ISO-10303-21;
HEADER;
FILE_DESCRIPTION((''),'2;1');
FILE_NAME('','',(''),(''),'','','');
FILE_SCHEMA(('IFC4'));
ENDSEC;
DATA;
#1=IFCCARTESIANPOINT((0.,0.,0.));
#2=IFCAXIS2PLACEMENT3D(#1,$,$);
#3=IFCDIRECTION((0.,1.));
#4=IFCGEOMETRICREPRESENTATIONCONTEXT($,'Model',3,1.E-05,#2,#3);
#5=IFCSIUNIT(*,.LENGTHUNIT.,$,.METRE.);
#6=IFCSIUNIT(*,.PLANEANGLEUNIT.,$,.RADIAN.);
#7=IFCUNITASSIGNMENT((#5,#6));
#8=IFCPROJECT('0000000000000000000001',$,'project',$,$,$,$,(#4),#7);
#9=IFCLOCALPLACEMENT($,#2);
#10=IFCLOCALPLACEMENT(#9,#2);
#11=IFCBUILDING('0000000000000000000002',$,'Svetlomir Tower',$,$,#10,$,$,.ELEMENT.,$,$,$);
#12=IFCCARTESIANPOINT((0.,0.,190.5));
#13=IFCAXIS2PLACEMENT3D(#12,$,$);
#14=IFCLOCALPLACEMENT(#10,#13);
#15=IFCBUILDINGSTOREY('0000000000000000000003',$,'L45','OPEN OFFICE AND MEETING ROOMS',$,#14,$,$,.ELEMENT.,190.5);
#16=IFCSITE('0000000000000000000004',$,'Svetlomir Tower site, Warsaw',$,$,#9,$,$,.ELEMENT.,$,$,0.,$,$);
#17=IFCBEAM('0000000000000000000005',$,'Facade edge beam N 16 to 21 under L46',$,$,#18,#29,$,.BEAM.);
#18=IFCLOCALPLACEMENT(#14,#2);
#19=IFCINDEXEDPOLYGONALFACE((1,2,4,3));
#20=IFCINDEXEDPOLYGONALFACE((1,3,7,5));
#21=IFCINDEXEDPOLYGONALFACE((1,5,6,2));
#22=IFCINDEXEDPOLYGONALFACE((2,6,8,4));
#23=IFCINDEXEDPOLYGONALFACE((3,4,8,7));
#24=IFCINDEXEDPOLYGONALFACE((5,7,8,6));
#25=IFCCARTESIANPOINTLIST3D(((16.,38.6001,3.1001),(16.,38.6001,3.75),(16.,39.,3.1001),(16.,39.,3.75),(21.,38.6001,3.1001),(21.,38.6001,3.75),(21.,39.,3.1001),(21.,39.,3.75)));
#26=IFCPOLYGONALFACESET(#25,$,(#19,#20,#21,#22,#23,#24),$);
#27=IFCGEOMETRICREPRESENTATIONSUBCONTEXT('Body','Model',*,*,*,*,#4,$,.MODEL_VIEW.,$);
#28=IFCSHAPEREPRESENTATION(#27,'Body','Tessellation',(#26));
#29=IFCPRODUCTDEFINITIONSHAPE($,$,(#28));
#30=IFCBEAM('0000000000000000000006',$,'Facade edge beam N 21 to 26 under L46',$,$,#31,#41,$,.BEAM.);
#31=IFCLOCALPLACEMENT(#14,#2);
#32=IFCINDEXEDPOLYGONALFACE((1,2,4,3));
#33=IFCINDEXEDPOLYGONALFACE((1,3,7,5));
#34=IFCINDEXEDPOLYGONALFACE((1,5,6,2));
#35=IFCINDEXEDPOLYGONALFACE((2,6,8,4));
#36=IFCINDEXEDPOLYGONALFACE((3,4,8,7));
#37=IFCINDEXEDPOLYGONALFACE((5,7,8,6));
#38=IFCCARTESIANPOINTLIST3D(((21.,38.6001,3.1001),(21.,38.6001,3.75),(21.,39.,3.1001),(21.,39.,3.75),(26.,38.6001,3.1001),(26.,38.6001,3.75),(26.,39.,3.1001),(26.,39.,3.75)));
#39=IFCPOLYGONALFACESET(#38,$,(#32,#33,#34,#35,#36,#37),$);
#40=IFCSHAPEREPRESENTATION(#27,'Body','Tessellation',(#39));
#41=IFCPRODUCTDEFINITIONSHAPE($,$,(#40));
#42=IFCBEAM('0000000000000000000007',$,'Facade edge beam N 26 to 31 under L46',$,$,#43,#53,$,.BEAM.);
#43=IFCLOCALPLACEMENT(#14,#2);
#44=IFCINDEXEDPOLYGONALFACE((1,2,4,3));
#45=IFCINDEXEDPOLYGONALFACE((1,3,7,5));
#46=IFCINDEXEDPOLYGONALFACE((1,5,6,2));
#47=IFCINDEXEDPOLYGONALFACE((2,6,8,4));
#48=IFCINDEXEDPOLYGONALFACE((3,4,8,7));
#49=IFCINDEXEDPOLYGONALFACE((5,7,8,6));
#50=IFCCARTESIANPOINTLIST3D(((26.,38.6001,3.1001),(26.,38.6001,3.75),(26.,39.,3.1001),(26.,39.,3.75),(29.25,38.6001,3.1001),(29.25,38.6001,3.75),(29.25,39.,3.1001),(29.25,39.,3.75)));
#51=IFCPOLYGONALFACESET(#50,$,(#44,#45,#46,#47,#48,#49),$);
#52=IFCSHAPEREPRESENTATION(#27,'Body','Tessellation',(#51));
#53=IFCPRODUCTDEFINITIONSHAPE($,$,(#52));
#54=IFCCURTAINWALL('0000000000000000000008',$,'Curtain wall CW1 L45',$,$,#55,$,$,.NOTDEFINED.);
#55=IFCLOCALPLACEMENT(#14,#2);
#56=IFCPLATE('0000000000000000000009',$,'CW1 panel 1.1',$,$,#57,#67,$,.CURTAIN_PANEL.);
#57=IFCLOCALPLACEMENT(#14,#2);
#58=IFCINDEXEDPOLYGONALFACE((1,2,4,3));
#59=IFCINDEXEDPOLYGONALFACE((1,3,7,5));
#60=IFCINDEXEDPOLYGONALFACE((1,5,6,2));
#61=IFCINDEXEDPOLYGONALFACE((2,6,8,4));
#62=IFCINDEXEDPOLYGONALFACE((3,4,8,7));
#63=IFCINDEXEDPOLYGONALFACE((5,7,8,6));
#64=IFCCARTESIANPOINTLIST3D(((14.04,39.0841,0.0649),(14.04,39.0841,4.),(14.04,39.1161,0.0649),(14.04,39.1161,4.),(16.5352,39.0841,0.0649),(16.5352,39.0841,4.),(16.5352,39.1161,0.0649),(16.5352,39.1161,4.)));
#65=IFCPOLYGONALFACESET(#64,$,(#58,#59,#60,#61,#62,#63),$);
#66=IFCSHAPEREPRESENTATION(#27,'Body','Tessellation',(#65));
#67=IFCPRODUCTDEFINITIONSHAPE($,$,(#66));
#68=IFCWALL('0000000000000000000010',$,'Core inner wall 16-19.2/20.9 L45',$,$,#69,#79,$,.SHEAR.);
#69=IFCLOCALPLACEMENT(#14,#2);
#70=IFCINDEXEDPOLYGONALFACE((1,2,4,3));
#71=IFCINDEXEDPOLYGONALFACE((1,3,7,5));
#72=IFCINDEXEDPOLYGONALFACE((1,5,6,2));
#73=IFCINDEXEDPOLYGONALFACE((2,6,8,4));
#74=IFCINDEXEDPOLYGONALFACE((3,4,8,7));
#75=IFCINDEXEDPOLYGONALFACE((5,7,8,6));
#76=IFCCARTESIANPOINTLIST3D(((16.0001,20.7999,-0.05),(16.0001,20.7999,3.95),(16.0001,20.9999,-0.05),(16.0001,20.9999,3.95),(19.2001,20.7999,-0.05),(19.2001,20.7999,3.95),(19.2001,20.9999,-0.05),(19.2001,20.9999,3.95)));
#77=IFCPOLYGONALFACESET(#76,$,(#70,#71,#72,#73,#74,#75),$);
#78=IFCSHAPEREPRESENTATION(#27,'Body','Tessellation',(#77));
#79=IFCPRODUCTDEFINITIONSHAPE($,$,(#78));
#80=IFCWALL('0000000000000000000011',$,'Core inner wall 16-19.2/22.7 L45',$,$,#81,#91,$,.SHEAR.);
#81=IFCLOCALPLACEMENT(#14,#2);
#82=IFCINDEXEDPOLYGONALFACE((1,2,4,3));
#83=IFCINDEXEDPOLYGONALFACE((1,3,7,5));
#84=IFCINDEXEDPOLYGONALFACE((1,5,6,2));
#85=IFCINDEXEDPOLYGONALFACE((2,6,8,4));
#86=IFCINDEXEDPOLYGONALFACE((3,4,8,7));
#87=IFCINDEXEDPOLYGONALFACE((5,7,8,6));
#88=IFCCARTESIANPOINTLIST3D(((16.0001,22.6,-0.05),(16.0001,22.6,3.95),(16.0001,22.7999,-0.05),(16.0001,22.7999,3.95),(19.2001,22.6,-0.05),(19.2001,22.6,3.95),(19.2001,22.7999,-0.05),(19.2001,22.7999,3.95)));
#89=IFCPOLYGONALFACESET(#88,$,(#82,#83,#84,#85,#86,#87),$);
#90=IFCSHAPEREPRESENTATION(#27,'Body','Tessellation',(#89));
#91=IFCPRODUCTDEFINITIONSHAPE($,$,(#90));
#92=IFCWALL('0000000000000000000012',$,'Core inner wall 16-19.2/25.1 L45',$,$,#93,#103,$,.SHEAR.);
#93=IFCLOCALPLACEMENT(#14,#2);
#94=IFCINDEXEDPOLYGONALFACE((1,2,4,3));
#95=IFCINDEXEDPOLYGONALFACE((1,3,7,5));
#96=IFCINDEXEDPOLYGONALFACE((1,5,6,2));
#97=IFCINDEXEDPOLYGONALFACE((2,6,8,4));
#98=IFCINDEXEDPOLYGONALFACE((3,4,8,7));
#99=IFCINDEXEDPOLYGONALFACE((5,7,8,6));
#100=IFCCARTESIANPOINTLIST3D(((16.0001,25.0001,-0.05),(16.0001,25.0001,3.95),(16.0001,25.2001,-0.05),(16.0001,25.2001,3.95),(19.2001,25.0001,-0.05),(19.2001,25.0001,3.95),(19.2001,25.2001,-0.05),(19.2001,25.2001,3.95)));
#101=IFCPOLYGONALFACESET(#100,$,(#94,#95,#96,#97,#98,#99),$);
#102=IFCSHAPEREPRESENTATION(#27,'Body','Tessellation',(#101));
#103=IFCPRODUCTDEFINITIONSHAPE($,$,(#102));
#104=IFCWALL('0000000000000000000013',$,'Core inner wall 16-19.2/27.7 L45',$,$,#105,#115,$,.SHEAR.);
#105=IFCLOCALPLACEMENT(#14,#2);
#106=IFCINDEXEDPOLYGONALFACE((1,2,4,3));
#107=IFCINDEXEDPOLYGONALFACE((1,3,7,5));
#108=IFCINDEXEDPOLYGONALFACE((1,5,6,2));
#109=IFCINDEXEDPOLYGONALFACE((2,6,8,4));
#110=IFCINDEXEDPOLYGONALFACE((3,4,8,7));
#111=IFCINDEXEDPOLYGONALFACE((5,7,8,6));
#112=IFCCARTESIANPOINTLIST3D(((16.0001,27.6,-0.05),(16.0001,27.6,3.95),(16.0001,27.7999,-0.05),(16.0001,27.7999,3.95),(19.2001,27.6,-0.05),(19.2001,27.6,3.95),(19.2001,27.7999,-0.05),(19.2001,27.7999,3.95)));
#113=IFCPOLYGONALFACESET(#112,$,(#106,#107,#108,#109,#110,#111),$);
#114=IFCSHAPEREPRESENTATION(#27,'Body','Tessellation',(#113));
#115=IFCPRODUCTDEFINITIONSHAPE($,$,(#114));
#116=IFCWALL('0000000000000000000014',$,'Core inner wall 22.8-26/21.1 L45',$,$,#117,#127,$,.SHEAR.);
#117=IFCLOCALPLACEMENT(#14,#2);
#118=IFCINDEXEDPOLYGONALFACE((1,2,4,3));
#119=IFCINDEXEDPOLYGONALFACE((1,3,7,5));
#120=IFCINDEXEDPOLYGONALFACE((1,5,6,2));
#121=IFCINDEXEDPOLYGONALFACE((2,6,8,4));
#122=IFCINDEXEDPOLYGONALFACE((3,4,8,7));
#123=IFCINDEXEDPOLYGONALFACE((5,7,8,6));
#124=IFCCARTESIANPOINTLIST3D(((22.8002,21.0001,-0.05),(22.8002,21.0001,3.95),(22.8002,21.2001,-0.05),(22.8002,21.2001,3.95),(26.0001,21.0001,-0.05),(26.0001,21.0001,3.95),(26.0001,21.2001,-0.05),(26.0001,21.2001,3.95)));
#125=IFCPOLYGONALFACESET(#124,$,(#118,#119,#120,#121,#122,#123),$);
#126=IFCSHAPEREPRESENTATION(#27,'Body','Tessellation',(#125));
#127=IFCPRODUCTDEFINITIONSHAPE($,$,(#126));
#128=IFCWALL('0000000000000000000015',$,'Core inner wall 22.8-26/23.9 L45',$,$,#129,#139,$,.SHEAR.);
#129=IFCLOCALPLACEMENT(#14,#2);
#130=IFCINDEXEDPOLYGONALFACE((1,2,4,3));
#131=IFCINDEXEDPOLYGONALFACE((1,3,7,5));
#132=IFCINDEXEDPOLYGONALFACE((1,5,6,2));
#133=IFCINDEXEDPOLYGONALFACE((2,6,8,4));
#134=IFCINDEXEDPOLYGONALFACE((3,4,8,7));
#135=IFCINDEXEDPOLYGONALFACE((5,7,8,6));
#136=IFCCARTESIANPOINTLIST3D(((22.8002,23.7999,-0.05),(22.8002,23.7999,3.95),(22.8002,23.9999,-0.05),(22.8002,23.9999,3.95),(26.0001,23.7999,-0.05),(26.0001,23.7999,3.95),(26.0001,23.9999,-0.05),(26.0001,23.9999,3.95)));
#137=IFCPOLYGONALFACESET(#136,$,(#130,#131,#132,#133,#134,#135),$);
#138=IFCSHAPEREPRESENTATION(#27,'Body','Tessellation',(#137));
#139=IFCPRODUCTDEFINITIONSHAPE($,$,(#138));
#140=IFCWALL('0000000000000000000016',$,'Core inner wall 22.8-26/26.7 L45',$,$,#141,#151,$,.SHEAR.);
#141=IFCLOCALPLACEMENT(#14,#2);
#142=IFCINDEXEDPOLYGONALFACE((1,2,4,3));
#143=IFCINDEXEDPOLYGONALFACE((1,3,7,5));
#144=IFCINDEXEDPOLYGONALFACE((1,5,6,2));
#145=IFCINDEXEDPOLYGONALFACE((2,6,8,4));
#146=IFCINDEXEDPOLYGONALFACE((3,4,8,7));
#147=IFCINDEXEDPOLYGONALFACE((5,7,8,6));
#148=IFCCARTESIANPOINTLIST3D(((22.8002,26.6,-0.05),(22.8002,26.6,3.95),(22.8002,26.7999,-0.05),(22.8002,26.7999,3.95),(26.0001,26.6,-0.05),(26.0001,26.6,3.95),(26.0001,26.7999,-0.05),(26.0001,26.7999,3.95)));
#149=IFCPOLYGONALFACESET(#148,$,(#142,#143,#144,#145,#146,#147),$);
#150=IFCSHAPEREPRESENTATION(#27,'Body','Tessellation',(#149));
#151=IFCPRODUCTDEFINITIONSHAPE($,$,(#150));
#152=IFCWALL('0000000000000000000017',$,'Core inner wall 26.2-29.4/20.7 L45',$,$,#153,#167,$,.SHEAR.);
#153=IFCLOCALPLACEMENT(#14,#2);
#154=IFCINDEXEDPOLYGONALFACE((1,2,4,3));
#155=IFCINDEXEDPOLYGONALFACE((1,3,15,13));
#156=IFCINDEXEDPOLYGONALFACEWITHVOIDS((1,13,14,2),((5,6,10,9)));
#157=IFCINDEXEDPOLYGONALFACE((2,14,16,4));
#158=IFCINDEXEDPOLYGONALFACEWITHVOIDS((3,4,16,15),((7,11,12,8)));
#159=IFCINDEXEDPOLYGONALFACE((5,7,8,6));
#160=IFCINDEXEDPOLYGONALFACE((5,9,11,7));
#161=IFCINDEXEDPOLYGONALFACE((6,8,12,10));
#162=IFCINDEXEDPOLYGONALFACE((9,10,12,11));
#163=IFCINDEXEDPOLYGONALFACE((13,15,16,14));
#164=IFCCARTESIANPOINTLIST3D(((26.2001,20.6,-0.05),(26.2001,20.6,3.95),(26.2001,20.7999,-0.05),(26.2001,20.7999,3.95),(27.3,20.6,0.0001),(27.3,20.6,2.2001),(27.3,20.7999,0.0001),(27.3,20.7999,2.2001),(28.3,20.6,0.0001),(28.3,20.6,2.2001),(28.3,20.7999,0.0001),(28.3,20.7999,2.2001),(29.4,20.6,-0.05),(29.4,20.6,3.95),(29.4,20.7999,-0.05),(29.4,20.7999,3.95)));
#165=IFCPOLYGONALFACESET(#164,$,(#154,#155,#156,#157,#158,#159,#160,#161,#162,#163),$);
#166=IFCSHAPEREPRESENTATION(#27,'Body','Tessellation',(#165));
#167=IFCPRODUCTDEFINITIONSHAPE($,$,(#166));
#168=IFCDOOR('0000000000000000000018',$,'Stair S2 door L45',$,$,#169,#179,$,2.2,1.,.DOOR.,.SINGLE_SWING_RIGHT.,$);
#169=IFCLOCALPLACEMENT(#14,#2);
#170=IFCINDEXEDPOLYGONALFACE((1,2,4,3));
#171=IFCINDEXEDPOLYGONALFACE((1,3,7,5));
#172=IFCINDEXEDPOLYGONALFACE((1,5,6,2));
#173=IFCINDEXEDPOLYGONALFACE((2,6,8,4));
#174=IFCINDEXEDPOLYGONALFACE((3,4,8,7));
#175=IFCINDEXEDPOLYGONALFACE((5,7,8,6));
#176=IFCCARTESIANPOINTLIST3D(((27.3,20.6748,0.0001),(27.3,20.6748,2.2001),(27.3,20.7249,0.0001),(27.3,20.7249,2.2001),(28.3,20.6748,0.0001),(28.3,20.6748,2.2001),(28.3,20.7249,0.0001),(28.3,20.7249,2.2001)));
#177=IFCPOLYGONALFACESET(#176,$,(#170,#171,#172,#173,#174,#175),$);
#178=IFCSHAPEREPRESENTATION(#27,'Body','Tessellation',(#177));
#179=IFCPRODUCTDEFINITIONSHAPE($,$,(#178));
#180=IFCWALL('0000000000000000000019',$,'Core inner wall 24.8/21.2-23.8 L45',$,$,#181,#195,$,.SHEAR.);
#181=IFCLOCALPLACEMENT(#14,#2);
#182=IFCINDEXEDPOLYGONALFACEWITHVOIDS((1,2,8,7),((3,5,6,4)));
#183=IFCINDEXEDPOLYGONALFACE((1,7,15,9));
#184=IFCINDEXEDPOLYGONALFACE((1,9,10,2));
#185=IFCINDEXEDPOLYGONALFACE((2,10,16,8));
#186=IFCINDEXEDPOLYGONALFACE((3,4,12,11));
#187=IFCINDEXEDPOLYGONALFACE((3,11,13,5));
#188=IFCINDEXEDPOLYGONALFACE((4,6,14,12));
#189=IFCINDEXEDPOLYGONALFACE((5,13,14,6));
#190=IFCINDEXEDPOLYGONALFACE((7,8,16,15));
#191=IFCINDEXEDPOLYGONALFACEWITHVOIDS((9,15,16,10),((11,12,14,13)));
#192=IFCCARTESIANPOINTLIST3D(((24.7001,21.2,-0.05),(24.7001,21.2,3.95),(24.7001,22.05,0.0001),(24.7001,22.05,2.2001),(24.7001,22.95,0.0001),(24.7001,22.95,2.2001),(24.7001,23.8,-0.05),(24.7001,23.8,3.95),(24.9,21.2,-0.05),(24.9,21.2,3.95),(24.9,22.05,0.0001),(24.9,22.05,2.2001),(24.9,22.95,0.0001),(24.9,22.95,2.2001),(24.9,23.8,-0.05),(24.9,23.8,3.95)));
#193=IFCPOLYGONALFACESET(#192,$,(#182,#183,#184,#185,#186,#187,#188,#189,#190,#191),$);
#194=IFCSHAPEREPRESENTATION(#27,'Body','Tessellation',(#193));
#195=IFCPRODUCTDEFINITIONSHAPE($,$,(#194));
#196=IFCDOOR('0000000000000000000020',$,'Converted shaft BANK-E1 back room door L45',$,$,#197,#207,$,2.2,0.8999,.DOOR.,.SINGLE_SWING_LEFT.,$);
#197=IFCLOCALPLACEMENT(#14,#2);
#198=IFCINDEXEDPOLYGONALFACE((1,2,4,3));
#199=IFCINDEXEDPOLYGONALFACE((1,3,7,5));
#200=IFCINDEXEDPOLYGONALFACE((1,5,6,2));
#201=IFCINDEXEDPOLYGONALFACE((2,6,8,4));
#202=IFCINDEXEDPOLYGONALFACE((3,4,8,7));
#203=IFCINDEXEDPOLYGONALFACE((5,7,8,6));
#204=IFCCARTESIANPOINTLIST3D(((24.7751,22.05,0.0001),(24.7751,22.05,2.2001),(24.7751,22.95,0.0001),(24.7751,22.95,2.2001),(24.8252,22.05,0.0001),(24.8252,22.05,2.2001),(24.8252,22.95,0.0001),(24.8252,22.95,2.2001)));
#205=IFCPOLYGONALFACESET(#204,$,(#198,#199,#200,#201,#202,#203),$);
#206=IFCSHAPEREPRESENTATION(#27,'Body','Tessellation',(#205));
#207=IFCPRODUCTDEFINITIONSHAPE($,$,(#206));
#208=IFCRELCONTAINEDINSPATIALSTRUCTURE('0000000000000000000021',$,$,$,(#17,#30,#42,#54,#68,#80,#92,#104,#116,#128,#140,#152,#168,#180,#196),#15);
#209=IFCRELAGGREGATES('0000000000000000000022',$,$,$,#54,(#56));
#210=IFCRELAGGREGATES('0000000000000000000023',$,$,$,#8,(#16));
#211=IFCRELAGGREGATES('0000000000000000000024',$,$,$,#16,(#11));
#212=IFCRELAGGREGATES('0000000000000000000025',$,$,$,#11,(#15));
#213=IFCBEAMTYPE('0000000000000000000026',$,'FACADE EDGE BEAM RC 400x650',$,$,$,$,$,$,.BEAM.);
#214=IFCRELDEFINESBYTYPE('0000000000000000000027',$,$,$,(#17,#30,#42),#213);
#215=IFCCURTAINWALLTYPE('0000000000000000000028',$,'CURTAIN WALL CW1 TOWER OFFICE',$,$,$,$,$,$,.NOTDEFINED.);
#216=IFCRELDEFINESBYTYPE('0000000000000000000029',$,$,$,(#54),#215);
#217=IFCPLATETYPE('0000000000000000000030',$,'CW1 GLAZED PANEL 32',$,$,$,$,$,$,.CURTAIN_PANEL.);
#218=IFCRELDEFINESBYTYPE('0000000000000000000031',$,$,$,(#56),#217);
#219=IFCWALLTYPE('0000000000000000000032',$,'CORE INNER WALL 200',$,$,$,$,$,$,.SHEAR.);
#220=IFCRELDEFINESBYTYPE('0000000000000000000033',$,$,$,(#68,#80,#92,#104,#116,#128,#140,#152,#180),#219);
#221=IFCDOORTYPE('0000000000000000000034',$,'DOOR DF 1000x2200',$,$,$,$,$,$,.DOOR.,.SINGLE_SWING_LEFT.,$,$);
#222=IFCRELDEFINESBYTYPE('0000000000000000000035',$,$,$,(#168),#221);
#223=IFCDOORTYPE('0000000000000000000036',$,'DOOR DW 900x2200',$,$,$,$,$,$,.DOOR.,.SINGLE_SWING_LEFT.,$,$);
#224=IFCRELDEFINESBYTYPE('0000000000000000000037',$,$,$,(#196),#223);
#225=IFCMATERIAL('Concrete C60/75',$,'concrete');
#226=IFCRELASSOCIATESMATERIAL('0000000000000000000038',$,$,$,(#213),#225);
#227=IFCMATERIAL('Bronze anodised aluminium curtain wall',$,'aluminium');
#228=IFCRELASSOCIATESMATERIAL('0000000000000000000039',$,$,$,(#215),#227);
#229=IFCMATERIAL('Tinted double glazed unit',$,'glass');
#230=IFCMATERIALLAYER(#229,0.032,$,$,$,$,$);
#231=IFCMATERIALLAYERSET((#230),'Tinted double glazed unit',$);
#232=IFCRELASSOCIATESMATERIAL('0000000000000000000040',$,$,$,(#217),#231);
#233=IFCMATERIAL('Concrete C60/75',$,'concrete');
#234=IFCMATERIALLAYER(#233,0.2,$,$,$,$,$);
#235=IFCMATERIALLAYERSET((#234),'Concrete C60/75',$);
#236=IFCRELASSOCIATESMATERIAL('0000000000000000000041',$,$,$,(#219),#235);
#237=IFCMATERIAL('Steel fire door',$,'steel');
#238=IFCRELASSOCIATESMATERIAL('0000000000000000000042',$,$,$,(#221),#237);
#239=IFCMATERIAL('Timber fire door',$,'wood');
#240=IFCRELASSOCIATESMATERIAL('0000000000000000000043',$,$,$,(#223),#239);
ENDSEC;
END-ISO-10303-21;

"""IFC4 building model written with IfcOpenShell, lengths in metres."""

from ifc_helpers import new_model, si_unit, direction, frame, frame_2d, origin, origin_2d, place, context, subcontext, project, spatial, rectangle, extrude, material, layer, layer_set, material_profile, profile_set, type_object, element, fill, aggregate, save


model = new_model("IFC4")

# Units and contexts
model_context = context("Model", 3, precision=1e-05, world=origin(), true_north=direction((0.0, 1.0)))
body_context = subcontext(model_context, "Body", "Model", "MODEL_VIEW")
ifc_project = project(units=[si_unit("LENGTHUNIT", "METRE"), si_unit("PLANEANGLEUNIT", "RADIAN")], contexts=[model_context])

# Site, building, storey
site_placement = place(None, origin())
site = spatial("IfcSite", under=ifc_project, at=site_placement, Name="Svetlomir Tower site, Warsaw", CompositionType="ELEMENT", RefElevation=0.0)
building_placement = place(site_placement, origin())
building = spatial("IfcBuilding", under=site, at=building_placement, Name="Svetlomir Tower", CompositionType="ELEMENT")
storey_placement = place(building_placement, frame((0.0, 0.0, 190.5)))
storey = spatial("IfcBuildingStorey", under=building, at=storey_placement, Name="L45", Description="OPEN OFFICE AND MEETING ROOMS", CompositionType="ELEMENT", Elevation=190.5)

# Beams
ifc_material_1 = material(Name="Concrete C60/75", Category="concrete")
ifc_material_profile = material_profile(ifc_material_1, rectangle(XDim=0.3999, YDim=0.6499, at=origin_2d()), Name="RC 400x650")
ifc_profile_set = profile_set([ifc_material_profile], Name="Concrete C60/75")
beam_type = type_object("IfcBeamType", Name="FACADE EDGE BEAM RC 400x650", PredefinedType="BEAM", material=ifc_profile_set)
for number, where, z_axis, x_axis, name in (
    (1, (16.0, 38.8, 3.425), (1.0, 0.0, 0.0), (0.0, 1.0, 0.0), "Facade edge beam N 16 to 21 under L46"),
    (2, (21.0, 38.8, 3.425), (1.0, 0.0, 0.0), (0.0, 1.0, 0.0), "Facade edge beam N 21 to 26 under L46"),
):
    element("IfcBeam", number, at=place(storey_placement, frame(where, z_axis=z_axis, x_axis=x_axis)), inside=storey, type_object=beam_type, Name=name, PredefinedType="BEAM", context=body_context, shape_type="SweptSolid", body=[
        extrude(rectangle(XDim=0.3999, YDim=0.6499, at=origin_2d()), origin(), (0.0, 0.0, 1.0), 5.0),
    ])
beam_placement = place(storey_placement, frame((26.0, 38.8, 3.425), z_axis=(1.0, 0.0, 0.0), x_axis=(0.0, 1.0, 0.0)))
element("IfcBeam", 3, at=beam_placement, inside=storey, type_object=beam_type, Name="Facade edge beam N 26 to 31 under L46", PredefinedType="BEAM", context=body_context, shape_type="SweptSolid", body=[
    extrude(rectangle(XDim=0.3999, YDim=0.6499, at=origin_2d()), origin(), (0.0, 0.0, 1.0), 3.25),
])

# Curtain wall, plate
ifc_material_2 = material(Name="Bronze anodised aluminium curtain wall", Category="aluminium")
curtain_wall_type = type_object("IfcCurtainWallType", Name="CURTAIN WALL CW1 TOWER OFFICE", PredefinedType="NOTDEFINED", material=ifc_material_2)
curtain_wall_placement = place(storey_placement, origin())
curtain_wall = element("IfcCurtainWall", 4, at=curtain_wall_placement, inside=storey, type_object=curtain_wall_type, Name="Curtain wall CW1 L45", PredefinedType="NOTDEFINED")
ifc_material_3 = material(Name="Tinted double glazed unit", Category="glass")
ifc_layer_1 = layer(ifc_material_3, 0.032)
ifc_layer_set_1 = layer_set([ifc_layer_1], Name="Tinted double glazed unit")
plate_type = type_object("IfcPlateType", Name="CW1 GLAZED PANEL 32", PredefinedType="CURTAIN_PANEL", material=ifc_layer_set_1)
plate_placement = place(storey_placement, frame((15.2876, 39.1001, 0.0649), z_axis=(0.0, 0.0, 1.0), x_axis=(-1.0, 0.0, 0.0)))
plate = element("IfcPlate", 5, at=plate_placement, type_object=plate_type, Name="CW1 panel 1.1", PredefinedType="CURTAIN_PANEL", context=body_context, shape_type="SweptSolid", body=[
    extrude(rectangle(XDim=2.4951, YDim=0.032, at=origin_2d()), origin(), (0.0, 0.0, 1.0), 3.9351),
])
aggregate(curtain_wall, [plate])

# Walls
ifc_material_4 = material(Name="Concrete C60/75", Category="concrete")
ifc_layer_2 = layer(ifc_material_4, 0.2)
ifc_layer_set_2 = layer_set([ifc_layer_2], Name="Concrete C60/75")
wall_type_1 = type_object("IfcWallType", Name="CORE INNER WALL 200", PredefinedType="SHEAR", material=ifc_layer_set_2)
for number, where, z_axis, x_axis, name in (
    (6, (16.0, 20.8999, -0.05), (0.0, 0.0, 1.0), (1.0, 0.0, 0.0), "Core inner wall 16-19.2/20.9 L45"),
    (7, (16.0, 22.7, -0.05), (0.0, 0.0, 1.0), (1.0, 0.0, 0.0), "Core inner wall 16-19.2/22.7 L45"),
    (8, (16.0, 25.1001, -0.05), (0.0, 0.0, 1.0), (1.0, 0.0, 0.0), "Core inner wall 16-19.2/25.1 L45"),
    (9, (16.0, 27.7, -0.05), (0.0, 0.0, 1.0), (1.0, 0.0, 0.0), "Core inner wall 16-19.2/27.7 L45"),
    (10, (22.8, 21.1001, -0.05), (0.0, 0.0, 1.0), (1.0, 0.0, 0.0), "Core inner wall 22.8-26/21.1 L45"),
    (11, (22.8, 23.8999, -0.05), (0.0, 0.0, 1.0), (1.0, 0.0, 0.0), "Core inner wall 22.8-26/23.9 L45"),
    (12, (22.8, 26.7, -0.05), (0.0, 0.0, 1.0), (1.0, 0.0, 0.0), "Core inner wall 22.8-26/26.7 L45"),
):
    element("IfcWall", number, at=place(storey_placement, frame(where, z_axis=z_axis, x_axis=x_axis)), inside=storey, type_object=wall_type_1, Name=name, PredefinedType="SHEAR", context=body_context, shape_type="SweptSolid", body=[
        extrude(rectangle(XDim=3.2, YDim=0.2, at=frame_2d((1.6001, 0.0))), origin(), (0.0, 0.0, 1.0), 4.0),
    ])

# Walls, openings, doors
wall_1_placement = place(storey_placement, frame((26.2, 20.7, -0.05), z_axis=(0.0, 0.0, 1.0), x_axis=(1.0, 0.0, 0.0)))
wall_1 = element("IfcWall", 13, at=wall_1_placement, inside=storey, type_object=wall_type_1, Name="Core inner wall 26.2-29.4/20.7 L45", PredefinedType="SHEAR", context=body_context, shape_type="SweptSolid", body=[
    extrude(rectangle(XDim=3.2, YDim=0.2, at=frame_2d((1.6001, 0.0))), origin(), (0.0, 0.0, 1.0), 4.0),
])
opening_1_placement = place(wall_1_placement, frame((1.1001, 0.0, 0.05)))
opening_1 = element("IfcOpeningElement", 14, at=opening_1_placement, cuts=wall_1, PredefinedType="OPENING", context=body_context, shape_type="SweptSolid", body=[
    extrude(rectangle(XDim=1.0, YDim=2.2, at=frame_2d((0.5, 1.1001))), frame((0.0, 0.1099, 0.0), z_axis=(0.0, -1.0, 0.0), x_axis=(1.0, 0.0, 0.0)), (0.0, 0.0, 1.0), 0.22),
])
ifc_material_5 = material(Name="Steel fire door", Category="steel")
door_type_1 = type_object("IfcDoorType", Name="DOOR DF 1000x2200", OperationType="SINGLE_SWING_LEFT", PredefinedType="DOOR", material=ifc_material_5)
door_1_placement = place(opening_1_placement, origin())
door_1 = element("IfcDoor", 15, at=door_1_placement, inside=storey, type_object=door_type_1, Name="Stair S2 door L45", OperationType="SINGLE_SWING_RIGHT", OverallHeight=2.2, OverallWidth=1.0, PredefinedType="DOOR", context=body_context, shape_type="SweptSolid", body=[
    extrude(rectangle(XDim=1.0, YDim=2.2, at=frame_2d((0.5, 1.1001))), frame((0.0, 0.0249, 0.0), z_axis=(0.0, -1.0, 0.0), x_axis=(1.0, 0.0, 0.0)), (0.0, 0.0, 1.0), 0.05),
])
fill(opening_1, door_1)
wall_2_placement = place(storey_placement, frame((24.8, 21.2, -0.05), z_axis=(0.0, 0.0, 1.0), x_axis=(0.0, 1.0, 0.0)))
wall_2 = element("IfcWall", 16, at=wall_2_placement, inside=storey, type_object=wall_type_1, Name="Core inner wall 24.8/21.2-23.8 L45", PredefinedType="SHEAR", context=body_context, shape_type="SweptSolid", body=[
    extrude(rectangle(XDim=2.6001, YDim=0.2, at=frame_2d((1.3, 0.0))), origin(), (0.0, 0.0, 1.0), 4.0),
])
opening_2_placement = place(wall_2_placement, frame((0.8501, 0.0, 0.05)))
opening_2 = element("IfcOpeningElement", 17, at=opening_2_placement, cuts=wall_2, PredefinedType="OPENING", context=body_context, shape_type="SweptSolid", body=[
    extrude(rectangle(XDim=0.8999, YDim=2.2, at=frame_2d((0.45, 1.1001))), frame((0.0, 0.1099, 0.0), z_axis=(0.0, -1.0, 0.0), x_axis=(1.0, 0.0, 0.0)), (0.0, 0.0, 1.0), 0.22),
])
ifc_material_6 = material(Name="Timber fire door", Category="wood")
door_type_2 = type_object("IfcDoorType", Name="DOOR DW 900x2200", OperationType="SINGLE_SWING_LEFT", PredefinedType="DOOR", material=ifc_material_6)
door_2_placement = place(opening_2_placement, origin())
door_2 = element("IfcDoor", 18, at=door_2_placement, inside=storey, type_object=door_type_2, Name="Converted shaft BANK-E1 back room door L45", OperationType="SINGLE_SWING_LEFT", OverallHeight=2.2, OverallWidth=0.8999, PredefinedType="DOOR", context=body_context, shape_type="SweptSolid", body=[
    extrude(rectangle(XDim=0.8999, YDim=2.2, at=frame_2d((0.45, 1.1001))), frame((0.0, 0.0249, 0.0), z_axis=(0.0, -1.0, 0.0), x_axis=(1.0, 0.0, 0.0)), (0.0, 0.0, 1.0), 0.05),
])
fill(opening_2, door_2)

save(model, "model.ifc")
